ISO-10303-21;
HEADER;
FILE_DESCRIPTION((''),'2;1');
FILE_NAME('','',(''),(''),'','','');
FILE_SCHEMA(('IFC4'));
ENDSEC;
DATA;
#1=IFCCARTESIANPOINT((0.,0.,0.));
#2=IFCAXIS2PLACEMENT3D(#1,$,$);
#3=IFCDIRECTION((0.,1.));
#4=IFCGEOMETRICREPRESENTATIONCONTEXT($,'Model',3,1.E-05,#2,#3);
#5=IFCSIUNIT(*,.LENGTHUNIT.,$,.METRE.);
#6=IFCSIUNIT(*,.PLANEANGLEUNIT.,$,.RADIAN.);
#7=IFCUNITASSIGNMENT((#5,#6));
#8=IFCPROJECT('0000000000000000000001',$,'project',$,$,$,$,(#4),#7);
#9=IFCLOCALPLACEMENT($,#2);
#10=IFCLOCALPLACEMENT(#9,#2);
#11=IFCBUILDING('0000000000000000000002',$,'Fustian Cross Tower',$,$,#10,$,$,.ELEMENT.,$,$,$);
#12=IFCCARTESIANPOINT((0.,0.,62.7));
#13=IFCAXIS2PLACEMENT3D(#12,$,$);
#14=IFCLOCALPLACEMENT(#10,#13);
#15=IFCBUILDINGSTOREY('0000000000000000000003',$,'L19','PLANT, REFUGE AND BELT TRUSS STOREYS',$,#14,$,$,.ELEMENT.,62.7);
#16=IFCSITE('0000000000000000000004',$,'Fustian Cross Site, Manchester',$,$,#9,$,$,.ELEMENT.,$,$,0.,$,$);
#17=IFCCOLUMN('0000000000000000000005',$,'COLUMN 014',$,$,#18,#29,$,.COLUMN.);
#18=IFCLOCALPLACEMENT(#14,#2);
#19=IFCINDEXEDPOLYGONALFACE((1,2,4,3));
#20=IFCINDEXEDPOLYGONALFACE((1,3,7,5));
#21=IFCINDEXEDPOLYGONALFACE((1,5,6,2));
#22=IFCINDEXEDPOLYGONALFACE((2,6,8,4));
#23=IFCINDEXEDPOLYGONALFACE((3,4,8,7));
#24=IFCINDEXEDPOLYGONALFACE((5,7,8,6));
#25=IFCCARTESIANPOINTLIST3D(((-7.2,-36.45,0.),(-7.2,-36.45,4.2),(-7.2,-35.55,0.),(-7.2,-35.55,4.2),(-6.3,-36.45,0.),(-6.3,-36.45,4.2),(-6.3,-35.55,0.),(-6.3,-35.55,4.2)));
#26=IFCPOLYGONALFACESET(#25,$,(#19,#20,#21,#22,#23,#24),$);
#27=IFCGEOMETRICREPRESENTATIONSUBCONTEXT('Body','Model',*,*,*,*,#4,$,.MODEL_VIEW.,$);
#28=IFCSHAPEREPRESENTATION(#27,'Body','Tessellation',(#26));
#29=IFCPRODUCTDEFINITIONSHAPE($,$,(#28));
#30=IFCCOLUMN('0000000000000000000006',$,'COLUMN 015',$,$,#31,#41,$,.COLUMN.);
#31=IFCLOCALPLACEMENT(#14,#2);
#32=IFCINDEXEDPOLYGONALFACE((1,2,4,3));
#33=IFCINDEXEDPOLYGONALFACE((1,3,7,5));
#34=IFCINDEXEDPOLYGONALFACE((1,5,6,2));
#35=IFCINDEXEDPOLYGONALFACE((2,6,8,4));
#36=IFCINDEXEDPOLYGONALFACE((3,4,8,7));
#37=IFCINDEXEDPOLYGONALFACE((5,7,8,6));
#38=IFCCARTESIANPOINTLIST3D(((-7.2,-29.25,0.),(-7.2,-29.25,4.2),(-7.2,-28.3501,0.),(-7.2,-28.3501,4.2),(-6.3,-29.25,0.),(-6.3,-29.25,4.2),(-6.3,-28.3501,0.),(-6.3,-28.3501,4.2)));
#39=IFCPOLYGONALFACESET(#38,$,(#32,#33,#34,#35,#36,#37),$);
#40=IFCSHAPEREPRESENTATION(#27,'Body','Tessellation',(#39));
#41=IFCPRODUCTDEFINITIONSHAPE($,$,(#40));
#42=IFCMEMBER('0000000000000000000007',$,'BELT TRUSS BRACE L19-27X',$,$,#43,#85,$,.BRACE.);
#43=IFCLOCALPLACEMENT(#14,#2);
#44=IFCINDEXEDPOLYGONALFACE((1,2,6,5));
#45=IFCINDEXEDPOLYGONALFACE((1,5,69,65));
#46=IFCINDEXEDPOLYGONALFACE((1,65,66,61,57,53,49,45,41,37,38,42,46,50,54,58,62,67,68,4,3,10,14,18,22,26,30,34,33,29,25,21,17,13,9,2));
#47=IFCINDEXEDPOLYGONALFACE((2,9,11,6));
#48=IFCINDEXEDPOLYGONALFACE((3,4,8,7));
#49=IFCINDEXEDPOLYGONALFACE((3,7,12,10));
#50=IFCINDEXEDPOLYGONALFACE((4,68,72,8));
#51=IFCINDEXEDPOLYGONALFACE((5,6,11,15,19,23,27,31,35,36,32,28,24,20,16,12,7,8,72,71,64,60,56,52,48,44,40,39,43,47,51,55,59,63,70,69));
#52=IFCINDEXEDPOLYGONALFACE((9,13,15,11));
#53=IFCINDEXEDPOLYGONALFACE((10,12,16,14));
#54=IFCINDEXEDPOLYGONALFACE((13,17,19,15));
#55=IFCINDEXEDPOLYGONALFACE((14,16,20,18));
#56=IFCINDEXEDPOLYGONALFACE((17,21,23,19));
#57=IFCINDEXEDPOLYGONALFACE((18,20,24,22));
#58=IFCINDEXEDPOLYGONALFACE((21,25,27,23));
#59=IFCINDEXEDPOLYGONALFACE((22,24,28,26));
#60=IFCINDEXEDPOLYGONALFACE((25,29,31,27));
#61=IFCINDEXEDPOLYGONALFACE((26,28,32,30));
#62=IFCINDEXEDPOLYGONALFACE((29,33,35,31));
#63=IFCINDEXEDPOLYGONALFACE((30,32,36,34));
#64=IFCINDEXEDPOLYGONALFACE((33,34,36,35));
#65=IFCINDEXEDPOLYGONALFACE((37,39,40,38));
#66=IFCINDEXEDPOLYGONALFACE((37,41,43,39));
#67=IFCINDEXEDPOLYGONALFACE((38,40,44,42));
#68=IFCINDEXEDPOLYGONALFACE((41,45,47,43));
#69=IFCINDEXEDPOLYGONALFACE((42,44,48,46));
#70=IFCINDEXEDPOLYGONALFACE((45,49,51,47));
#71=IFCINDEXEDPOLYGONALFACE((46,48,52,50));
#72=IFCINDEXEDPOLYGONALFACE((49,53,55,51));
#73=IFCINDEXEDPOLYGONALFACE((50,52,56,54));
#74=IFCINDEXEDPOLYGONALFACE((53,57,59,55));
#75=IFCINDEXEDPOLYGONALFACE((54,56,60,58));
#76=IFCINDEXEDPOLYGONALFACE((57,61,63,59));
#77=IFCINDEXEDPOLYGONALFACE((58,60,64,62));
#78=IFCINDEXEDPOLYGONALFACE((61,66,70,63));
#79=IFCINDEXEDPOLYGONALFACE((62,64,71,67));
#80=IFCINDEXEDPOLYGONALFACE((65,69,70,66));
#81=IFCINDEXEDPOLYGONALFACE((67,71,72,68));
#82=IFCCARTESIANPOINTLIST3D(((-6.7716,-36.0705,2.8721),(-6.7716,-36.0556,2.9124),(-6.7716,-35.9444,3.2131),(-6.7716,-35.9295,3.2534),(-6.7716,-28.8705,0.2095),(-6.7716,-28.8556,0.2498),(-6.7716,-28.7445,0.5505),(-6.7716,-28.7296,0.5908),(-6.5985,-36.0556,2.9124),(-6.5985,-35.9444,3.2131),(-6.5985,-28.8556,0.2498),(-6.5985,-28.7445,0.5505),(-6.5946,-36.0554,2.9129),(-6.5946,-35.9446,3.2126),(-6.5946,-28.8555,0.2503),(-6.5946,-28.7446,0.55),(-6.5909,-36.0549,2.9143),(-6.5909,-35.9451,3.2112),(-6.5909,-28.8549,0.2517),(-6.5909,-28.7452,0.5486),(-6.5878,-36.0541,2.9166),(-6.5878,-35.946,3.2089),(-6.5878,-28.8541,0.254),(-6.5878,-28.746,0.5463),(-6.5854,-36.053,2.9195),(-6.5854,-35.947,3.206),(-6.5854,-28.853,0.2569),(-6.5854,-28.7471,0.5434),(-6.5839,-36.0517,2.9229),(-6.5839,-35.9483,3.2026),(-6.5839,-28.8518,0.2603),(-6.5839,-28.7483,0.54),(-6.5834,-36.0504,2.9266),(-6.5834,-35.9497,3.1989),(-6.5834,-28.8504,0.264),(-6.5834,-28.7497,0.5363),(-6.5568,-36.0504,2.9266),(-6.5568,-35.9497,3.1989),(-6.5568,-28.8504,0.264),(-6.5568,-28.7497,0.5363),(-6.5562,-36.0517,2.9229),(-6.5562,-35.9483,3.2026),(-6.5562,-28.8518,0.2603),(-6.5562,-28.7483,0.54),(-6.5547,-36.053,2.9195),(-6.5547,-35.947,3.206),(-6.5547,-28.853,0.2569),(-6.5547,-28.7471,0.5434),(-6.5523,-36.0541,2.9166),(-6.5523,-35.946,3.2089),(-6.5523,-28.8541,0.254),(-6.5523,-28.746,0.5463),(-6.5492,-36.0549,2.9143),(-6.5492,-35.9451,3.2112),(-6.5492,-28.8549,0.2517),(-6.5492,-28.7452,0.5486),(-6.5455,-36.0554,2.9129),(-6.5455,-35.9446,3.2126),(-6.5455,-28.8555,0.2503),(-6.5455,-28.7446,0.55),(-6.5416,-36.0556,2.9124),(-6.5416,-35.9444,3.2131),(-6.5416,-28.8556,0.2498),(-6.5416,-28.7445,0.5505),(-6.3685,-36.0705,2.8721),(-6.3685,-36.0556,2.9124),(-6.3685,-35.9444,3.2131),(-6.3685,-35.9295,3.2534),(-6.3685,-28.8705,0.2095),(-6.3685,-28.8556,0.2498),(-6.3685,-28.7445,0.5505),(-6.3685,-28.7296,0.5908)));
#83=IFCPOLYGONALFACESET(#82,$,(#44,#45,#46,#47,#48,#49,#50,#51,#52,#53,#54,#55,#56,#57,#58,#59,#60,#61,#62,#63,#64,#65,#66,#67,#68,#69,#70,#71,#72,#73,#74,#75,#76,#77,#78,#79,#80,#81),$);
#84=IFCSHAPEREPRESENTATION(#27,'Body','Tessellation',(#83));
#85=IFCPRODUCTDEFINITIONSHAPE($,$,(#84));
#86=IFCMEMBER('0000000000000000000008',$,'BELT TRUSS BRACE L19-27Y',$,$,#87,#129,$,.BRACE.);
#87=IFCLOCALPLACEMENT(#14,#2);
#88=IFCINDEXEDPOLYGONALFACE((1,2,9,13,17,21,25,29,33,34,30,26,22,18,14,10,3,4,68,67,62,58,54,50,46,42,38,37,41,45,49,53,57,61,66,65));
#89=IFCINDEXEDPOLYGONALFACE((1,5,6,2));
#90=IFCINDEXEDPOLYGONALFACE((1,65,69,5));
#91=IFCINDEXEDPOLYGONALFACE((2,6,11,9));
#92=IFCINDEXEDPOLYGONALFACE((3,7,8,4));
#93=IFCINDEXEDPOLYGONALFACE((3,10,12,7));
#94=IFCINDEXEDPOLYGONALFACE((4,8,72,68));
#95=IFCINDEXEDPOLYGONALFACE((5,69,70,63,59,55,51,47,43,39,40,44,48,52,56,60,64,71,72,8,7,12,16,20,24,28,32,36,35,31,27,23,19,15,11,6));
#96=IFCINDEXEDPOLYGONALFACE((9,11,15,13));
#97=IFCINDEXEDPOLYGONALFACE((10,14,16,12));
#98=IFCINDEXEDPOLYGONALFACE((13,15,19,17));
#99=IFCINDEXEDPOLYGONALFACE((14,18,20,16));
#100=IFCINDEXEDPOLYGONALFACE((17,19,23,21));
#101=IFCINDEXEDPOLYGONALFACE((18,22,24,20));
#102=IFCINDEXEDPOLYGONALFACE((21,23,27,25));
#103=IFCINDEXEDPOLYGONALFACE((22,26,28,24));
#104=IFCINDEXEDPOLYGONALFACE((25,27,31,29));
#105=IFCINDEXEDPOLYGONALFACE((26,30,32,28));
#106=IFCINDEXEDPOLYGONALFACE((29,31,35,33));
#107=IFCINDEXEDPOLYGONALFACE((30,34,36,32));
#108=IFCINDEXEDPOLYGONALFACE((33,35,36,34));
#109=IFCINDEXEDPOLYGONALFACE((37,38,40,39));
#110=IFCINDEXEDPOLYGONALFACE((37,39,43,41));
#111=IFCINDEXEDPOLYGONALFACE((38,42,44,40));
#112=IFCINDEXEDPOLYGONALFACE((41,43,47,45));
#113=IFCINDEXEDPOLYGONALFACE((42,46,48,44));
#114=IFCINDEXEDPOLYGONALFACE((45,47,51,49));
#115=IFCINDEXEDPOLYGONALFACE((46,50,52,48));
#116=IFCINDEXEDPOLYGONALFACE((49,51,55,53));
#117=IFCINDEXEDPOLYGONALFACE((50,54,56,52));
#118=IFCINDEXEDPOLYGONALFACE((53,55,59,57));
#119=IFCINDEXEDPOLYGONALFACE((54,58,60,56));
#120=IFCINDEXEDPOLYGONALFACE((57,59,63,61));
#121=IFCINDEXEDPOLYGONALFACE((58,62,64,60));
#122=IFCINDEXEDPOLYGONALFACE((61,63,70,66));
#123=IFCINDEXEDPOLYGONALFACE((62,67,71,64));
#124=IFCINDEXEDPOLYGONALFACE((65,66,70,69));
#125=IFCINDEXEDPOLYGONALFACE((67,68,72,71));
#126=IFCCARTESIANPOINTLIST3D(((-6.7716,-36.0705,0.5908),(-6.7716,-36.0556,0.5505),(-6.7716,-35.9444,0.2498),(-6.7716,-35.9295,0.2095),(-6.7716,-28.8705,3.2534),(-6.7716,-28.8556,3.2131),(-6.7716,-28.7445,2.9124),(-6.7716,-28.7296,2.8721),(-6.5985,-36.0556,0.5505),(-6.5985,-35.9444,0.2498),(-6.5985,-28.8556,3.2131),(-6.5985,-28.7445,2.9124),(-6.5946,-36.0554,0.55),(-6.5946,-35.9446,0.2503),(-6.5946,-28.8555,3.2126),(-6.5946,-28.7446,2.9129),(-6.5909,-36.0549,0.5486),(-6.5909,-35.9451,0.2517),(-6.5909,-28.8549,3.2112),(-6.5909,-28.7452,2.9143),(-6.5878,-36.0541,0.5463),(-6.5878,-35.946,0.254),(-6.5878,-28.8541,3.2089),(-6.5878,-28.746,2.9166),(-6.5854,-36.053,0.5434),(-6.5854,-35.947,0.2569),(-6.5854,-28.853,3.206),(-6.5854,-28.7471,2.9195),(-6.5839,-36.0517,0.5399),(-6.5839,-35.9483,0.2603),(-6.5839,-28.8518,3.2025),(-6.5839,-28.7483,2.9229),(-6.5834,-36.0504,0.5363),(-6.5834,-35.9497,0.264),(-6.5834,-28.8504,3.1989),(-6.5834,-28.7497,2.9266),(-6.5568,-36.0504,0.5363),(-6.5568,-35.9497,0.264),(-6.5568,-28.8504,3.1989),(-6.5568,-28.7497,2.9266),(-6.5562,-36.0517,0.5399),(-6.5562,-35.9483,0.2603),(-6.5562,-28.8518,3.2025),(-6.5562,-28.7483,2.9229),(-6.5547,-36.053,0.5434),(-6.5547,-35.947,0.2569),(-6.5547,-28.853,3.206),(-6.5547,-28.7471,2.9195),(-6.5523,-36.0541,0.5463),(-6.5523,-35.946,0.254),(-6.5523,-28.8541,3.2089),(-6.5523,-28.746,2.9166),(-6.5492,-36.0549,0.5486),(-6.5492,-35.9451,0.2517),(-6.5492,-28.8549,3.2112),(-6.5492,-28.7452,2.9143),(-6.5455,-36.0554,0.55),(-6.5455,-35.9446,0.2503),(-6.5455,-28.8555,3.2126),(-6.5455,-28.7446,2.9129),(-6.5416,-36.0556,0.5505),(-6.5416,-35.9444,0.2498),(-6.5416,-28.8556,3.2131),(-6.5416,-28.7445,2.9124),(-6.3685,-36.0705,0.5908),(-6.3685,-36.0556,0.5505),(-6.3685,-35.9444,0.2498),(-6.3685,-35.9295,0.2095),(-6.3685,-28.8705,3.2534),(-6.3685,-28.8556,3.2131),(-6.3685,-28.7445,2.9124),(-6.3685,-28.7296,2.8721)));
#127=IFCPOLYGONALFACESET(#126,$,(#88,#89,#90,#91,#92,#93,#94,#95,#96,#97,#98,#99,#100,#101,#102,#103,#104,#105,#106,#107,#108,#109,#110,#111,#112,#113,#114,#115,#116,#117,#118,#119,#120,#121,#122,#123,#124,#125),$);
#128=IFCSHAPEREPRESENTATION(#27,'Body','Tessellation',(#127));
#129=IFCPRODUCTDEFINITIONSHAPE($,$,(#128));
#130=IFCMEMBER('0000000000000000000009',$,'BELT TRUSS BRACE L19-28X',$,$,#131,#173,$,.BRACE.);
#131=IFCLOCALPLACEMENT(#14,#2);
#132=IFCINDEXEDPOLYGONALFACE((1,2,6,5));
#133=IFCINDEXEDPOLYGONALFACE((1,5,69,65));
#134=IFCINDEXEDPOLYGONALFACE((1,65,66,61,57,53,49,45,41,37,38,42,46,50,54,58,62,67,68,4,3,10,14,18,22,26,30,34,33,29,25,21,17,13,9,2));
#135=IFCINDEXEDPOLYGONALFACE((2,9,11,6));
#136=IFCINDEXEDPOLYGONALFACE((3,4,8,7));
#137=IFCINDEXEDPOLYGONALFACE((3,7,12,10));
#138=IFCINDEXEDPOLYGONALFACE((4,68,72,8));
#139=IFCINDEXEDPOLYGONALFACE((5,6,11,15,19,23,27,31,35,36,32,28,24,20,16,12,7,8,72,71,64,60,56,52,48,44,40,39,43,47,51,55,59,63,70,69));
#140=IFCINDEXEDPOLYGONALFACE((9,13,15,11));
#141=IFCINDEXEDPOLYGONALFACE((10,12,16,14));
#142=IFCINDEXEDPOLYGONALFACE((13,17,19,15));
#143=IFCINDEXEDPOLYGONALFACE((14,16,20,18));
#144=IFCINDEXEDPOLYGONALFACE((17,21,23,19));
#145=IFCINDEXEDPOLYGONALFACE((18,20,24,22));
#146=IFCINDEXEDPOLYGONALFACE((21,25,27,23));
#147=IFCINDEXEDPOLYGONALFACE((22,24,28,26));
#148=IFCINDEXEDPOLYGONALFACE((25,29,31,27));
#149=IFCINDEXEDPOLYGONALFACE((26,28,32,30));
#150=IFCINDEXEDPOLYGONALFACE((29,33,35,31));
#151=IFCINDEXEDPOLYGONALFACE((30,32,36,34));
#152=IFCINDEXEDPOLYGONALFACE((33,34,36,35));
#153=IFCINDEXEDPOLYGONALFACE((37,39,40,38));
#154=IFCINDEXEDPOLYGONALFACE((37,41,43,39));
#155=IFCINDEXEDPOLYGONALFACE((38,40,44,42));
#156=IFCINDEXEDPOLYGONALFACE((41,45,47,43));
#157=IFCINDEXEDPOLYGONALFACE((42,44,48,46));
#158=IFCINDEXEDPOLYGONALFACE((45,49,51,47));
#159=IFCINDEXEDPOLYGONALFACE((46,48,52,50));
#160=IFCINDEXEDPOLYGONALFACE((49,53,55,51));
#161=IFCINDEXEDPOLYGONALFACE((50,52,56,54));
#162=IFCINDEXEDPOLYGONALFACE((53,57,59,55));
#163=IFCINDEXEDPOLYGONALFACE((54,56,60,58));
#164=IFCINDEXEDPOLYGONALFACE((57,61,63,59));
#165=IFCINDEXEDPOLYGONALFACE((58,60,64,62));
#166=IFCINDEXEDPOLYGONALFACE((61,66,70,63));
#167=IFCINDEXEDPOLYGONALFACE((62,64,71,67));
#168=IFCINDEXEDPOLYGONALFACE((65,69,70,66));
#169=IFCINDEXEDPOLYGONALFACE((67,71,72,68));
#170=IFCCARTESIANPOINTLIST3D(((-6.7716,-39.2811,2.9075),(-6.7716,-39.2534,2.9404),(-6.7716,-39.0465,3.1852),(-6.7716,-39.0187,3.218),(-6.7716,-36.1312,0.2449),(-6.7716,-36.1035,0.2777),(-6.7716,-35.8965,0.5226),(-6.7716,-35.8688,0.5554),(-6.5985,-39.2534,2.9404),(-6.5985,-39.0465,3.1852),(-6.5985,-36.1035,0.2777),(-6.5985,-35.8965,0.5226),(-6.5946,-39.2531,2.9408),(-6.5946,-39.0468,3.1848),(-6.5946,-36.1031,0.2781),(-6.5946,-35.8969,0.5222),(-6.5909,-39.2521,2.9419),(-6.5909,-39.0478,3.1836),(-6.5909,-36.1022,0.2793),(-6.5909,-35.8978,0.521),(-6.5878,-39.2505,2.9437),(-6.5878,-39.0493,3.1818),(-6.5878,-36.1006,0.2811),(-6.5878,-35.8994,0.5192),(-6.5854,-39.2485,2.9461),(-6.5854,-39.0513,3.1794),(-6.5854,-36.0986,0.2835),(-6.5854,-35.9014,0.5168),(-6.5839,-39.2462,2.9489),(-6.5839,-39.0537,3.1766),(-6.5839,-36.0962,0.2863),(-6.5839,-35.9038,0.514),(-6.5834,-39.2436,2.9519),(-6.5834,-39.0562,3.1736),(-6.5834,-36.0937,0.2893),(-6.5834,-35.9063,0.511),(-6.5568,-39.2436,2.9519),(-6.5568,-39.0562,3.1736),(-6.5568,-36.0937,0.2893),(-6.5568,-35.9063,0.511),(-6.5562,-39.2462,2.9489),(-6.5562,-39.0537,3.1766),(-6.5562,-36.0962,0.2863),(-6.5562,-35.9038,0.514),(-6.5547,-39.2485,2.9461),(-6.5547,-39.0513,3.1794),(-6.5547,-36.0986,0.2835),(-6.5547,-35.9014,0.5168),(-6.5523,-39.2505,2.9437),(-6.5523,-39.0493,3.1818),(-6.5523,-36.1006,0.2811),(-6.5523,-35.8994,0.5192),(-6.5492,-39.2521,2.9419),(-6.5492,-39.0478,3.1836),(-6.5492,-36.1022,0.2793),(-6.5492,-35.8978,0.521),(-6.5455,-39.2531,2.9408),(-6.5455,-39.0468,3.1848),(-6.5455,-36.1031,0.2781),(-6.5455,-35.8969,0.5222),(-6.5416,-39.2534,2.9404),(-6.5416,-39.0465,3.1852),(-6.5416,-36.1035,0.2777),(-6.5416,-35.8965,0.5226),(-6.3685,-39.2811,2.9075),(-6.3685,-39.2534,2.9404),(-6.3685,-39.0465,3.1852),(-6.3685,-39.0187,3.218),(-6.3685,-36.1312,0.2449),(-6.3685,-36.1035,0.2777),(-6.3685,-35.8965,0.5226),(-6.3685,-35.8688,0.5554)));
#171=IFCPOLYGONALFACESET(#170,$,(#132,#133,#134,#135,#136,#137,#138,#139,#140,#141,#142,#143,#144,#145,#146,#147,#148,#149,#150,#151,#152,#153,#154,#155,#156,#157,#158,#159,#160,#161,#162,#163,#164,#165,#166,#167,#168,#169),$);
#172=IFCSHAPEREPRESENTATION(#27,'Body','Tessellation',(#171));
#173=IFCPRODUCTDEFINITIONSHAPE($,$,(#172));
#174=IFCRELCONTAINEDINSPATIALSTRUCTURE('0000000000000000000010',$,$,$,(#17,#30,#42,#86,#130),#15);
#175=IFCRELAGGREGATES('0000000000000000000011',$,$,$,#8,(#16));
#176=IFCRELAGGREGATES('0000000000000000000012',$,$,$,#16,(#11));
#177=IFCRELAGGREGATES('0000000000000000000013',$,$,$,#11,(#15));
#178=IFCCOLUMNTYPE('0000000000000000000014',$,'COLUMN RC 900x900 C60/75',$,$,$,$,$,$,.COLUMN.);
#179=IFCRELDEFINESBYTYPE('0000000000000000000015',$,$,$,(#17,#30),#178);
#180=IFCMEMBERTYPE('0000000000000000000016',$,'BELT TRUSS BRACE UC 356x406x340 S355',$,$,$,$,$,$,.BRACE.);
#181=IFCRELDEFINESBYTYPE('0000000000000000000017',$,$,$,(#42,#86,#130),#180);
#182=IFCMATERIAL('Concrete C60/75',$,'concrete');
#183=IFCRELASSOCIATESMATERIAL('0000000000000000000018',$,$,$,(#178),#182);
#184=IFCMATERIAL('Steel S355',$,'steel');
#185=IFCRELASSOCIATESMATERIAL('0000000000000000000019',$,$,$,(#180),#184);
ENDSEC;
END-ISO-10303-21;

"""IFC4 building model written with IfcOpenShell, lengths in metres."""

from ifc_helpers import new_model, si_unit, direction, frame, origin, origin_2d, place, context, subcontext, project, spatial, rectangle, i_section, extrude, material, material_profile, profile_set, type_object, element, save


model = new_model("IFC4")

# Units and contexts
model_context = context("Model", 3, precision=1e-05, world=origin(), true_north=direction((0.0, 1.0)))
body_context = subcontext(model_context, "Body", "Model", "MODEL_VIEW")
ifc_project = project(units=[si_unit("LENGTHUNIT", "METRE"), si_unit("PLANEANGLEUNIT", "RADIAN")], contexts=[model_context])

# Site, building, storey
site_placement = place(None, origin())
site = spatial("IfcSite", under=ifc_project, at=site_placement, Name="Fustian Cross Site, Manchester", CompositionType="ELEMENT", RefElevation=0.0)
building_placement = place(site_placement, origin())
building = spatial("IfcBuilding", under=site, at=building_placement, Name="Fustian Cross Tower", CompositionType="ELEMENT")
storey_placement = place(building_placement, frame((0.0, 0.0, 62.7)))
storey = spatial("IfcBuildingStorey", under=building, at=storey_placement, Name="L19", Description="PLANT, REFUGE AND BELT TRUSS STOREYS", CompositionType="ELEMENT", Elevation=62.7)

# Columns
ifc_material_1 = material(Name="Concrete C60/75", Category="concrete")
ifc_material_profile_1 = material_profile(ifc_material_1, rectangle(XDim=0.8999, YDim=0.8999, at=origin_2d()), Name="RC 900x900")
ifc_profile_set_1 = profile_set([ifc_material_profile_1], Name="Concrete C60/75")
column_type = type_object("IfcColumnType", Name="COLUMN RC 900x900 C60/75", PredefinedType="COLUMN", material=ifc_profile_set_1)
for number, where, z_axis, x_axis, name in (
    (1, (-6.75, -36.0, 0.0), (0.0, 0.0, 1.0), (1.0, 0.0, 0.0), "COLUMN 014"),
    (2, (-6.75, -28.8, 0.0), (0.0, 0.0, 1.0), (1.0, 0.0, 0.0), "COLUMN 015"),
):
    element("IfcColumn", number, at=place(storey_placement, frame(where, z_axis=z_axis, x_axis=x_axis)), inside=storey, type_object=column_type, Name=name, PredefinedType="COLUMN", context=body_context, shape_type="SweptSolid", body=[
        extrude(rectangle(XDim=0.8999, YDim=0.8999, at=origin_2d()), origin(), (0.0, 0.0, 1.0), 4.2),
    ])

# Members
ifc_material_2 = material(Name="Steel S355", Category="steel")
ifc_material_profile_2 = material_profile(ifc_material_2, i_section(OverallWidth=0.4031, OverallDepth=0.4065, WebThickness=0.0266, FlangeThickness=0.043, FilletRadius=0.0151, at=origin_2d()), Name="UC 356x406x340")
ifc_profile_set_2 = profile_set([ifc_material_profile_2], Name="Steel S355")
member_type_1 = type_object("IfcMemberType", Name="BELT TRUSS BRACE UC 356x406x340 S355", PredefinedType="BRACE", material=ifc_profile_set_2)
for number, where, z_axis, x_axis, name in (
    (3, (-6.5701, -28.8, 0.4001), (0.0, -0.937921, 0.34685), (1.0, 0.0, 0.0), "BELT TRUSS BRACE L19-27X"),
    (4, (-6.5701, -28.8, 3.0627), (0.0, -0.937921, -0.34685), (1.0, 0.0, 0.0), "BELT TRUSS BRACE L19-27Y"),
):
    element("IfcMember", number, at=place(storey_placement, frame(where, z_axis=z_axis, x_axis=x_axis)), inside=storey, type_object=member_type_1, Name=name, PredefinedType="BRACE", context=body_context, shape_type="SweptSolid", body=[
        extrude(i_section(OverallWidth=0.4031, OverallDepth=0.4065, WebThickness=0.0266, FlangeThickness=0.043, FilletRadius=0.0151, at=origin_2d()), origin(), (0.0, 0.0, 1.0), 7.6765),
    ])
for number, where, z_axis, x_axis, name in (
    (5, (-6.5701, -36.0, 0.4001), (0.0, -0.76371, 0.64556), (1.0, 0.0, 0.0), "BELT TRUSS BRACE L19-28X"),
):
    element("IfcMember", number, at=place(storey_placement, frame(where, z_axis=z_axis, x_axis=x_axis)), inside=storey, type_object=member_type_1, Name=name, PredefinedType="BRACE", context=body_context, shape_type="SweptSolid", body=[
        extrude(i_section(OverallWidth=0.4031, OverallDepth=0.4065, WebThickness=0.0266, FlangeThickness=0.043, FilletRadius=0.0151, at=origin_2d()), origin(), (0.0, 0.0, 1.0), 4.1245),
    ])

save(model, "model.ifc")
